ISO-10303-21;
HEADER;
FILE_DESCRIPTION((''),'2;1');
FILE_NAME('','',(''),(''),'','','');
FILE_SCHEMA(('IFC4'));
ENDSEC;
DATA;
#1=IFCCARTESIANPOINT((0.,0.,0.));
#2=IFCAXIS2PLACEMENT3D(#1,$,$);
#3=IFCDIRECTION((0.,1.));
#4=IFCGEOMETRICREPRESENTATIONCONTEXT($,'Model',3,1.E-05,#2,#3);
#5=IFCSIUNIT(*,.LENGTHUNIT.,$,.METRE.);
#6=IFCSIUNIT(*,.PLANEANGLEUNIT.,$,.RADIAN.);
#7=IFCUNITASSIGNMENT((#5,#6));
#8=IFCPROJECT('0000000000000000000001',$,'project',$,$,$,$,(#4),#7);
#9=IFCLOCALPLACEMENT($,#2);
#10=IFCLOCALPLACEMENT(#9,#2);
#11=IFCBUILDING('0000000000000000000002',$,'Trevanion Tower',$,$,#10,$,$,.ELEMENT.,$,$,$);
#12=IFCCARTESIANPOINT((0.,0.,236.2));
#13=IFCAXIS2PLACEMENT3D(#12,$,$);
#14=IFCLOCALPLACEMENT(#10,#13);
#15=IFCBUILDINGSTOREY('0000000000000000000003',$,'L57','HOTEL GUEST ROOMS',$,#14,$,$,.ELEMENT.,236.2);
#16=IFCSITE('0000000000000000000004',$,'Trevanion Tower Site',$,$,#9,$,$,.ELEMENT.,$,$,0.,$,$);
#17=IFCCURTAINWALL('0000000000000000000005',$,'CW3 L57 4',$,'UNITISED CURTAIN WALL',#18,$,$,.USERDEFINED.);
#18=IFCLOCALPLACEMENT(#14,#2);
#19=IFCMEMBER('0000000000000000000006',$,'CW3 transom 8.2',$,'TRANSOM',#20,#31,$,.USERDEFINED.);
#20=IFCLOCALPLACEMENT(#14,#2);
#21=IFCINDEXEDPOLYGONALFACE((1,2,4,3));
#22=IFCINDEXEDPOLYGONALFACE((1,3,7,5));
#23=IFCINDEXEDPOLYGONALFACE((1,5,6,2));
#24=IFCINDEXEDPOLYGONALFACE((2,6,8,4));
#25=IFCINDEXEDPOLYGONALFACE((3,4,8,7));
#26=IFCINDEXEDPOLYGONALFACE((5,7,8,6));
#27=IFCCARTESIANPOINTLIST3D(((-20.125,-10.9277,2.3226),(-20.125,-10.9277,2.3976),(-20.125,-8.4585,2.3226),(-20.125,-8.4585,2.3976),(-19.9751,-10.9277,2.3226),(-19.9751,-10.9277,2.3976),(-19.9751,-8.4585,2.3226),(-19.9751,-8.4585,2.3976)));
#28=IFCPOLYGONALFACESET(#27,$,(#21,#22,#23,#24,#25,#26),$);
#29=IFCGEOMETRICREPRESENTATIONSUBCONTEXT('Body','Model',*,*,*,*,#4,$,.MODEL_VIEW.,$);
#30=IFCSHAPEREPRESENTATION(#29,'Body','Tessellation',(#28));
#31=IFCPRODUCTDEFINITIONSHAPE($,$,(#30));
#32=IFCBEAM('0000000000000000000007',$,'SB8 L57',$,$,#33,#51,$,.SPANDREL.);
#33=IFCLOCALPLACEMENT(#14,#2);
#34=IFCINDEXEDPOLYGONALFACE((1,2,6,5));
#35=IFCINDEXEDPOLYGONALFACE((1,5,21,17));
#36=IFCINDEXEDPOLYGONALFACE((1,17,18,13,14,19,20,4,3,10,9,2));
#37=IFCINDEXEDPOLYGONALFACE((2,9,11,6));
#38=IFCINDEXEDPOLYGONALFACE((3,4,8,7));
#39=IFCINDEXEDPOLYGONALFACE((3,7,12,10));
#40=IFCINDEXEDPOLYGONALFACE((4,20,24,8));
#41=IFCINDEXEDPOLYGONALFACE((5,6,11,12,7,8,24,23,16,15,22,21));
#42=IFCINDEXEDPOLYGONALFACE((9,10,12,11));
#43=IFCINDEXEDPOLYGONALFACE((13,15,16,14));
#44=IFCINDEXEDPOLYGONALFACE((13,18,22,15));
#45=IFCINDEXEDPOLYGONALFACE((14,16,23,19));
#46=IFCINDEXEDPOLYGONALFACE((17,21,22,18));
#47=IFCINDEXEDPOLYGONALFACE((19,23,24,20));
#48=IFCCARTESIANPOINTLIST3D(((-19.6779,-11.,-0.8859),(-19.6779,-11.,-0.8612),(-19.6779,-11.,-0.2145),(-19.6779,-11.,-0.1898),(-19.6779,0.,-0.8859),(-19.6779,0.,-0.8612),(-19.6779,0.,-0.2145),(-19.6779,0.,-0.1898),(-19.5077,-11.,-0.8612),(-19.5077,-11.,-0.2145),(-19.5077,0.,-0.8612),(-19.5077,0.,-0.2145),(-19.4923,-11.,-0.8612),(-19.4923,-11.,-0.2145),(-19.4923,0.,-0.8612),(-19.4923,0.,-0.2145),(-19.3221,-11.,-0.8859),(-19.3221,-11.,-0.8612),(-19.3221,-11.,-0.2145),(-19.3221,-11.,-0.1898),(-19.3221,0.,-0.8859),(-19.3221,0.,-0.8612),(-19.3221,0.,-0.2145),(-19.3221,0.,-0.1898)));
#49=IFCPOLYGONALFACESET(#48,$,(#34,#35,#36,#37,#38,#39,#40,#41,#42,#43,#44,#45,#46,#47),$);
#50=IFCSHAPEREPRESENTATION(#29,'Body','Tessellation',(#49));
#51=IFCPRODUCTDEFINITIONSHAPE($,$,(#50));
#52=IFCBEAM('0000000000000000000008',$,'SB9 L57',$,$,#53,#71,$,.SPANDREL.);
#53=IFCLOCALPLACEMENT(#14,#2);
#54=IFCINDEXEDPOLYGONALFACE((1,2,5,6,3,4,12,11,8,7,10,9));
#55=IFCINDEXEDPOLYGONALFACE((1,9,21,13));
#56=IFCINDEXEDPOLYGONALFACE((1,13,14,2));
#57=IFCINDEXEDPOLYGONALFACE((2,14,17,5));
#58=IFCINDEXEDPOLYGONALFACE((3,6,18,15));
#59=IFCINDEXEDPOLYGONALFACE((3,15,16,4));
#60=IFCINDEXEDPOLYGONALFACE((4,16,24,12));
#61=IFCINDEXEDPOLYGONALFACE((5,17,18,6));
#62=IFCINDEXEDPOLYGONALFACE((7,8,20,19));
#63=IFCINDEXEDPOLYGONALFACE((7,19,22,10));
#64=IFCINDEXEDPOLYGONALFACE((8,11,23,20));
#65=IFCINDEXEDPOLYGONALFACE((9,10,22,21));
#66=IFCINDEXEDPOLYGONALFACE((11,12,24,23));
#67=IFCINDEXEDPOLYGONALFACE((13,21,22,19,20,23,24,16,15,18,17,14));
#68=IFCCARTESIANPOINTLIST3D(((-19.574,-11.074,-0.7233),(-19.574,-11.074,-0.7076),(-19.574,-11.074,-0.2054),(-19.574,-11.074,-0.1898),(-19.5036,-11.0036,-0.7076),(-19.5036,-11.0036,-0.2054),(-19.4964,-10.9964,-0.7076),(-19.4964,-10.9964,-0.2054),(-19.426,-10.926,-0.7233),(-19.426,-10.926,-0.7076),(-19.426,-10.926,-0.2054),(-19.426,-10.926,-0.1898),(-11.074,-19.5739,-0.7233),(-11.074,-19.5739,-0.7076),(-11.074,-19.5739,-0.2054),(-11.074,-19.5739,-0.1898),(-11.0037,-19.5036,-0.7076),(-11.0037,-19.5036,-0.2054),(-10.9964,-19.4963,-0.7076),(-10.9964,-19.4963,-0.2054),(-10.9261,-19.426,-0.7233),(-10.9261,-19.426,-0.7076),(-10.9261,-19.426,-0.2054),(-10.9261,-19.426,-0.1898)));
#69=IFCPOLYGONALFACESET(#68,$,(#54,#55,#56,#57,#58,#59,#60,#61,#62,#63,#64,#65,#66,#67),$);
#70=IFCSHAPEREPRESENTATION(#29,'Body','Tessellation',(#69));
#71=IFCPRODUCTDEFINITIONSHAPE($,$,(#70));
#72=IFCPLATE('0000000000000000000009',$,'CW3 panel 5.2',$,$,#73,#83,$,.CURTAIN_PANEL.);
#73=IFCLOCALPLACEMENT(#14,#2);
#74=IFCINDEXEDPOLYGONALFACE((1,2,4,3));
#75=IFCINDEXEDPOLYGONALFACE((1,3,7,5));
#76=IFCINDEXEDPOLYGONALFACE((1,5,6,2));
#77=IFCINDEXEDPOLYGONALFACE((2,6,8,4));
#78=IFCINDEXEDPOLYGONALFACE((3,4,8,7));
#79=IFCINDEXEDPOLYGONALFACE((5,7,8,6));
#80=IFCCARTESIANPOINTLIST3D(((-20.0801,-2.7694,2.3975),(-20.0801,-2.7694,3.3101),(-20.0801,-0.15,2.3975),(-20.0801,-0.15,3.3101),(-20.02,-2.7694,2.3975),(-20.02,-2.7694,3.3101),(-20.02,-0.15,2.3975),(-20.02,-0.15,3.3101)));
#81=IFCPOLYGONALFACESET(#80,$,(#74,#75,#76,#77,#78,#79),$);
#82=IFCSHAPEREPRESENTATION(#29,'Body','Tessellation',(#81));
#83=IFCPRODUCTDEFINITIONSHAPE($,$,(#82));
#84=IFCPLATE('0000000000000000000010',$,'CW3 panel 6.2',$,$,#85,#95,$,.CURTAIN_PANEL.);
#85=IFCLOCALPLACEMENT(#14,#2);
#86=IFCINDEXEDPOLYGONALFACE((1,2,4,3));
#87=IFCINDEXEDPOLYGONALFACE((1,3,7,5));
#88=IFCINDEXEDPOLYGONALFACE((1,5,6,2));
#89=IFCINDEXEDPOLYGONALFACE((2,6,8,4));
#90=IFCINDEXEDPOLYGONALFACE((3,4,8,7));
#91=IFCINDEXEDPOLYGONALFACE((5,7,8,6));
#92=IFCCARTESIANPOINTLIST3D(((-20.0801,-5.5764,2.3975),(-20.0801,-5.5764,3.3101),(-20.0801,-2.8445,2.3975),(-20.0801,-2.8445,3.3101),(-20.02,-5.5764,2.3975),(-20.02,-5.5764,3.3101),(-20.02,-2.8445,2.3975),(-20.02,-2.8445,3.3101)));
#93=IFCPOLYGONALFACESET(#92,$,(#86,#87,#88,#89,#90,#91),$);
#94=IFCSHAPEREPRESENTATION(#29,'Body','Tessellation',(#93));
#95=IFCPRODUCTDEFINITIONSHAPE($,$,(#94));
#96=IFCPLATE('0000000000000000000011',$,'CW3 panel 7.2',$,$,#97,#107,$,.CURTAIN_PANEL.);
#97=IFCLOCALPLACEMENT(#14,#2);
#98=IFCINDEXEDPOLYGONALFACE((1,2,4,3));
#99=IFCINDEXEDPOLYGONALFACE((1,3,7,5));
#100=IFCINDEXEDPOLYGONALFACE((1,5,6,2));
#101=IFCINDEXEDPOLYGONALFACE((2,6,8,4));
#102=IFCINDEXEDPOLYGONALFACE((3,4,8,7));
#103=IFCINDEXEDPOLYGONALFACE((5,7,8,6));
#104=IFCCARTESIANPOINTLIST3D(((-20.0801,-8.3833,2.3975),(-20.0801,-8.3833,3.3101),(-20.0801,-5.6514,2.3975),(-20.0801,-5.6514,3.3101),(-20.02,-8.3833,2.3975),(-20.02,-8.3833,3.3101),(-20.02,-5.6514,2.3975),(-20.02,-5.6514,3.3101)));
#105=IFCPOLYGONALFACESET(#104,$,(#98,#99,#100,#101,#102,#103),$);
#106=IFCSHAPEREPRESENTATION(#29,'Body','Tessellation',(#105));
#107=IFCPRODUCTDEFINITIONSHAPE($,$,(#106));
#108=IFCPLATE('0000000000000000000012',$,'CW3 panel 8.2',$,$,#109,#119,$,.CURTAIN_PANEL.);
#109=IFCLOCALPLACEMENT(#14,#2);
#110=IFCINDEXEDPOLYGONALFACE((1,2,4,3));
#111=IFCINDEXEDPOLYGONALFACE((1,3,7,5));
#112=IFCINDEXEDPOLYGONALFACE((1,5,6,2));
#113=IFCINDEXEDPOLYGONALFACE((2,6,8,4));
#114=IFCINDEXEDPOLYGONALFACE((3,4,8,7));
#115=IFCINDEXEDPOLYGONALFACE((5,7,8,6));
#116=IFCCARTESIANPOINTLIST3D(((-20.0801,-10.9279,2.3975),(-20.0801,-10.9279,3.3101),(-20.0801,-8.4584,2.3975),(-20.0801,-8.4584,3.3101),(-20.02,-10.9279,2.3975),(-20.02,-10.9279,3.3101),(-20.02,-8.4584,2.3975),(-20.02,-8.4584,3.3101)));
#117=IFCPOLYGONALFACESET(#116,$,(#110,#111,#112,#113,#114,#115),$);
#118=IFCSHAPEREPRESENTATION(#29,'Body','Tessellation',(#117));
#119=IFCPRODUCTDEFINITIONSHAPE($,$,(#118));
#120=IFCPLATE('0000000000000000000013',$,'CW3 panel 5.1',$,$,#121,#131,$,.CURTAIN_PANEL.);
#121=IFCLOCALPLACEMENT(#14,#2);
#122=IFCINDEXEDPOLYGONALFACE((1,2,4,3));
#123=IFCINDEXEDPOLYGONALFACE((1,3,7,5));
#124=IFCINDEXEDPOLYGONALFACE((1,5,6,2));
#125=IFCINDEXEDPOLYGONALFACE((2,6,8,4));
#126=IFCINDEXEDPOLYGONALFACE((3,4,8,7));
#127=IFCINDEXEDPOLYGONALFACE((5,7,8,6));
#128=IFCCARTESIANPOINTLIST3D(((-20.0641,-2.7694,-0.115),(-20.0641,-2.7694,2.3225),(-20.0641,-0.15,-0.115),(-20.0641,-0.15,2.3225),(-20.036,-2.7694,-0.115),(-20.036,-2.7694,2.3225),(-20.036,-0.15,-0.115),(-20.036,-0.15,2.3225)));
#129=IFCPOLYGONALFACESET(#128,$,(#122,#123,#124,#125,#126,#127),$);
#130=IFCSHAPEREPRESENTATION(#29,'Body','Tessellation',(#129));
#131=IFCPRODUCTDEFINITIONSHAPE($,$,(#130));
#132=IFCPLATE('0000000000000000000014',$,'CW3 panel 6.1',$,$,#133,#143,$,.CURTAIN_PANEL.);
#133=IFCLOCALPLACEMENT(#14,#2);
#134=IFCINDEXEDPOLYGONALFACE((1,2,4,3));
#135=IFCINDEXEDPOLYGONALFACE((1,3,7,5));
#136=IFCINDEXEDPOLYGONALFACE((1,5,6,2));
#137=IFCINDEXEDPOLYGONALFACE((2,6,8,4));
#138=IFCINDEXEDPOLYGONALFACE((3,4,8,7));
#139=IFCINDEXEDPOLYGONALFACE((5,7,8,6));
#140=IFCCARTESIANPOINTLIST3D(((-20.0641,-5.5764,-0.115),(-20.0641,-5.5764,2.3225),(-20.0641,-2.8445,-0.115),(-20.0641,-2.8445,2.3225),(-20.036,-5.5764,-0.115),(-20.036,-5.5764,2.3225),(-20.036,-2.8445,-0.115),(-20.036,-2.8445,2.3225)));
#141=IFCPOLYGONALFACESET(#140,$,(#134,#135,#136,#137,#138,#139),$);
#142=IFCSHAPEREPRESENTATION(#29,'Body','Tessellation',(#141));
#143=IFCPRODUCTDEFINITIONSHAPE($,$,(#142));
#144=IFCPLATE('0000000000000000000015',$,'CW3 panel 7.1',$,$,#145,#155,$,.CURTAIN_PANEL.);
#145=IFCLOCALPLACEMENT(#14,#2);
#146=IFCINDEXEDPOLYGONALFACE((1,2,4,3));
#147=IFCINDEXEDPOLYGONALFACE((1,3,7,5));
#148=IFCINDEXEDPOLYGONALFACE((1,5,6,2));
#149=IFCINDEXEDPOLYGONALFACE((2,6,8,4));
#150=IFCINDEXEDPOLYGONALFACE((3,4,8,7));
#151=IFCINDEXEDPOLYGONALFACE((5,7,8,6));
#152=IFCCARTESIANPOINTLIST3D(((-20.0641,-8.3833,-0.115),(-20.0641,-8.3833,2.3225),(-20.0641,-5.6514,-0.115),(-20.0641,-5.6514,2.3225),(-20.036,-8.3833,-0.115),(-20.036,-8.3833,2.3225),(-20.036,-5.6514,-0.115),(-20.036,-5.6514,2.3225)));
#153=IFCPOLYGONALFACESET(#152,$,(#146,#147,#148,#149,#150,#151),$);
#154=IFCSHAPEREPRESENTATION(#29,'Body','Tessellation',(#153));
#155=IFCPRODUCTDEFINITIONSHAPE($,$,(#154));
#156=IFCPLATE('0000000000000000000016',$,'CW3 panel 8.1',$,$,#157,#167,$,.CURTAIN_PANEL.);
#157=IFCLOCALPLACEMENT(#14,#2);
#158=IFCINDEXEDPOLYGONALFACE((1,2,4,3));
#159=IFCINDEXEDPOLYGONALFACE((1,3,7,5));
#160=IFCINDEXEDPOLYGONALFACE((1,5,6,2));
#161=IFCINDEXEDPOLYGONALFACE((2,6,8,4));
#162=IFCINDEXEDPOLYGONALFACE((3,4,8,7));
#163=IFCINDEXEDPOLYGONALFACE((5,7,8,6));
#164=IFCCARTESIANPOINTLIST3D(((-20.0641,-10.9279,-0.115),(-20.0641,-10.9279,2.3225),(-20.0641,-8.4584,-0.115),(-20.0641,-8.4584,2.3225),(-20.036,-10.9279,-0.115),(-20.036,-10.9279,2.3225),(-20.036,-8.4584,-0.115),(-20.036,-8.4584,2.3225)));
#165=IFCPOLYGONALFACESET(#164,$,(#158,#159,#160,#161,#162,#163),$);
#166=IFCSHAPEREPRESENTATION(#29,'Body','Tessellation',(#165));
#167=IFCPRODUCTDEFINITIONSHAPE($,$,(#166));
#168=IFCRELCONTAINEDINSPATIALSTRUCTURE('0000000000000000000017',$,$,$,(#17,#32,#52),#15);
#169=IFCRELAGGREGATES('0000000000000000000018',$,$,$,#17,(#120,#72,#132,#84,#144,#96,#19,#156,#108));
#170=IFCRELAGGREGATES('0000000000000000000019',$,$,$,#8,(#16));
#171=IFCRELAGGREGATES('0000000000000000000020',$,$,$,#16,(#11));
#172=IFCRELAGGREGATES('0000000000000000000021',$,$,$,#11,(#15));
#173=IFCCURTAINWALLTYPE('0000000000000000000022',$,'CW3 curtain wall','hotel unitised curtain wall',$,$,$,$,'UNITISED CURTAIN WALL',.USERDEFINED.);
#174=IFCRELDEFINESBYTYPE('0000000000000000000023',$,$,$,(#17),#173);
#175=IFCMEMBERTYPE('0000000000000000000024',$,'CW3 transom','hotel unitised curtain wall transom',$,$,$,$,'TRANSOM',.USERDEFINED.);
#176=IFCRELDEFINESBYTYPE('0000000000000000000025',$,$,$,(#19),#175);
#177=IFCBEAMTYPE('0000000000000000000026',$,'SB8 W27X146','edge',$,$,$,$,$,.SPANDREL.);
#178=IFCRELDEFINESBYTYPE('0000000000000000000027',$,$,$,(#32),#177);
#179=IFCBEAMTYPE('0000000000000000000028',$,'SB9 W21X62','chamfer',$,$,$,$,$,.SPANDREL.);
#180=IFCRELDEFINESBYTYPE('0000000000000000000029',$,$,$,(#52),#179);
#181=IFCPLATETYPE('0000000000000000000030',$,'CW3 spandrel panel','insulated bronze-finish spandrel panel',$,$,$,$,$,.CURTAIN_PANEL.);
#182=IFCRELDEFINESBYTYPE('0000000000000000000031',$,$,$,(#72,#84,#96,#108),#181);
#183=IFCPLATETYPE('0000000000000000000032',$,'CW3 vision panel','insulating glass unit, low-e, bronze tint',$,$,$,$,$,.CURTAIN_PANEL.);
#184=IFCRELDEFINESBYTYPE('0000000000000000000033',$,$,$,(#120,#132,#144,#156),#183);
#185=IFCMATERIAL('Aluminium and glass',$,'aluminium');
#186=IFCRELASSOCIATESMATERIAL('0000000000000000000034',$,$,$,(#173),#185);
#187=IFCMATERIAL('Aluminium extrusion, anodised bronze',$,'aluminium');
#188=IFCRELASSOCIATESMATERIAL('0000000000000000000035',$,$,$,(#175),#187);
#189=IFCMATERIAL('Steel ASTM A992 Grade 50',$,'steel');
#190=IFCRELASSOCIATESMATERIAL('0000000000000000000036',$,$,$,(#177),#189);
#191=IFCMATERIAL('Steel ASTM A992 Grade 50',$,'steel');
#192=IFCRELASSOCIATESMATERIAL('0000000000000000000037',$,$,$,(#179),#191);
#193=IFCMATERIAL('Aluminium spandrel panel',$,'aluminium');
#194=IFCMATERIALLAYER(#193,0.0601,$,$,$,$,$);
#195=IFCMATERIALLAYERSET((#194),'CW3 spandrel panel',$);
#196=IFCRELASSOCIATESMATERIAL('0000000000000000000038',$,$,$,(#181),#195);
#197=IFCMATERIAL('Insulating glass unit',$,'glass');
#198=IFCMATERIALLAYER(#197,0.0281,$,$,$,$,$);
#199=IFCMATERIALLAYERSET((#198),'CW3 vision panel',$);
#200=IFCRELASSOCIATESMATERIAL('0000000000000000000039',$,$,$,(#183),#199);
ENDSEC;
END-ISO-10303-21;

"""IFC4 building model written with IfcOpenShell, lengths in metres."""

from ifc_helpers import new_model, si_unit, direction, frame, origin, origin_2d, place, context, subcontext, project, spatial, rectangle, i_section, extrude, material, layer, layer_set, material_profile, profile_set, type_object, element, aggregate, save


model = new_model("IFC4")

# Units and contexts
model_context = context("Model", 3, precision=1e-05, world=origin(), true_north=direction((0.0, 1.0)))
body_context = subcontext(model_context, "Body", "Model", "MODEL_VIEW")
ifc_project = project(units=[si_unit("LENGTHUNIT", "METRE"), si_unit("PLANEANGLEUNIT", "RADIAN")], contexts=[model_context])

# Site, building, storey
site_placement = place(None, origin())
site = spatial("IfcSite", under=ifc_project, at=site_placement, Name="Trevanion Tower Site", CompositionType="ELEMENT", RefElevation=0.0)
building_placement = place(site_placement, origin())
building = spatial("IfcBuilding", under=site, at=building_placement, Name="Trevanion Tower", CompositionType="ELEMENT")
storey_placement = place(building_placement, frame((0.0, 0.0, 236.2)))
storey = spatial("IfcBuildingStorey", under=building, at=storey_placement, Name="L57", Description="HOTEL GUEST ROOMS", CompositionType="ELEMENT", Elevation=236.2)

# Curtain wall, member
ifc_material_1 = material(Name="Aluminium and glass", Category="aluminium")
curtain_wall_type = type_object("IfcCurtainWallType", Name="CW3 curtain wall", Description="hotel unitised curtain wall", ElementType="UNITISED CURTAIN WALL", PredefinedType="USERDEFINED", material=ifc_material_1)
curtain_wall_placement = place(storey_placement, origin())
curtain_wall = element("IfcCurtainWall", 1, at=curtain_wall_placement, inside=storey, type_object=curtain_wall_type, Name="CW3 L57 4", ObjectType="UNITISED CURTAIN WALL", PredefinedType="USERDEFINED")
ifc_material_2 = material(Name="Aluminium extrusion, anodised bronze", Category="aluminium")
ifc_material_profile_1 = material_profile(ifc_material_2, rectangle(XDim=0.1499, YDim=0.075, at=origin_2d()), Name="CW3 transom")
ifc_profile_set_1 = profile_set([ifc_material_profile_1], Name="Aluminium extrusion, anodised bronze")
member_type_1 = type_object("IfcMemberType", Name="CW3 transom", Description="hotel unitised curtain wall transom", ElementType="TRANSOM", PredefinedType="USERDEFINED", material=ifc_profile_set_1)
member_1_placement = place(storey_placement, frame((-20.05, -8.4585, 2.3601), z_axis=(0.0, -1.0, 0.0), x_axis=(1.0, 0.0, 0.0)))
member_1 = element("IfcMember", 2, at=member_1_placement, type_object=member_type_1, Name="CW3 transom 8.2", ObjectType="TRANSOM", PredefinedType="USERDEFINED", context=body_context, shape_type="SweptSolid", body=[
    extrude(rectangle(XDim=0.1499, YDim=0.075, at=origin_2d()), origin(), (0.0, 0.0, 1.0), 2.4692),
])

# Beams
ifc_material_3 = material(Name="Steel ASTM A992 Grade 50", Category="steel")
ifc_material_profile_2 = material_profile(ifc_material_3, i_section(OverallWidth=0.3557, OverallDepth=0.696, WebThickness=0.0154, FlangeThickness=0.0247, at=origin_2d()), Name="W27X146")
ifc_profile_set_2 = profile_set([ifc_material_profile_2], Name="Steel ASTM A992 Grade 50")
beam_type_1 = type_object("IfcBeamType", Name="SB8 W27X146", Description="edge", PredefinedType="SPANDREL", material=ifc_profile_set_2)
beam_1_placement = place(storey_placement, frame((-19.5, 0.0, -0.5378), z_axis=(0.0, -1.0, 0.0), x_axis=(1.0, 0.0, 0.0)))
element("IfcBeam", 3, at=beam_1_placement, inside=storey, type_object=beam_type_1, Name="SB8 L57", PredefinedType="SPANDREL", context=body_context, shape_type="SweptSolid", body=[
    extrude(i_section(OverallWidth=0.3557, OverallDepth=0.696, WebThickness=0.0154, FlangeThickness=0.0247, at=origin_2d()), origin(), (0.0, 0.0, 1.0), 11.0),
])
ifc_material_4 = material(Name="Steel ASTM A992 Grade 50", Category="steel")
ifc_material_profile_3 = material_profile(ifc_material_4, i_section(OverallWidth=0.2092, OverallDepth=0.5334, WebThickness=0.0103, FlangeThickness=0.0156, at=origin_2d()), Name="W21X62")
ifc_profile_set_3 = profile_set([ifc_material_profile_3], Name="Steel ASTM A992 Grade 50")
beam_type_2 = type_object("IfcBeamType", Name="SB9 W21X62", Description="chamfer", PredefinedType="SPANDREL", material=ifc_profile_set_3)
beam_2_placement = place(storey_placement, frame((-19.5, -11.0, -0.4565), z_axis=(0.707107, -0.707107, 0.0), x_axis=(0.707107, 0.707107, 0.0)))
element("IfcBeam", 4, at=beam_2_placement, inside=storey, type_object=beam_type_2, Name="SB9 L57", PredefinedType="SPANDREL", context=body_context, shape_type="SweptSolid", body=[
    extrude(i_section(OverallWidth=0.2092, OverallDepth=0.5334, WebThickness=0.0103, FlangeThickness=0.0156, at=origin_2d()), origin(), (0.0, 0.0, 1.0), 12.0208),
])

# Plates
ifc_material_5 = material(Name="Aluminium spandrel panel", Category="aluminium")
ifc_layer_1 = layer(ifc_material_5, 0.0601)
ifc_layer_set_1 = layer_set([ifc_layer_1], Name="CW3 spandrel panel")
plate_type_1 = type_object("IfcPlateType", Name="CW3 spandrel panel", Description="insulated bronze-finish spandrel panel", PredefinedType="CURTAIN_PANEL", material=ifc_layer_set_1)
plate_1_placement = place(storey_placement, frame((-20.05, -1.4597, 2.3975), z_axis=(0.0, 0.0, 1.0), x_axis=(0.0, -1.0, 0.0)))
plate_1 = element("IfcPlate", 5, at=plate_1_placement, type_object=plate_type_1, Name="CW3 panel 5.2", PredefinedType="CURTAIN_PANEL", context=body_context, shape_type="SweptSolid", body=[
    extrude(rectangle(XDim=2.6194, YDim=0.0601, at=origin_2d()), origin(), (0.0, 0.0, 1.0), 0.9126),
])
plate_2_placement = place(storey_placement, frame((-20.05, -4.2104, 2.3975), z_axis=(0.0, 0.0, 1.0), x_axis=(0.0, -1.0, 0.0)))
plate_2 = element("IfcPlate", 6, at=plate_2_placement, type_object=plate_type_1, Name="CW3 panel 6.2", PredefinedType="CURTAIN_PANEL", context=body_context, shape_type="SweptSolid", body=[
    extrude(rectangle(XDim=2.7319, YDim=0.0601, at=origin_2d()), origin(), (0.0, 0.0, 1.0), 0.9126),
])
plate_3_placement = place(storey_placement, frame((-20.05, -7.0173, 2.3975), z_axis=(0.0, 0.0, 1.0), x_axis=(0.0, -1.0, 0.0)))
plate_3 = element("IfcPlate", 7, at=plate_3_placement, type_object=plate_type_1, Name="CW3 panel 7.2", PredefinedType="CURTAIN_PANEL", context=body_context, shape_type="SweptSolid", body=[
    extrude(rectangle(XDim=2.7319, YDim=0.0601, at=origin_2d()), origin(), (0.0, 0.0, 1.0), 0.9126),
])
plate_4_placement = place(storey_placement, frame((-20.05, -9.6931, 2.3975), z_axis=(0.0, 0.0, 1.0), x_axis=(0.0, -1.0, 0.0)))
plate_4 = element("IfcPlate", 8, at=plate_4_placement, type_object=plate_type_1, Name="CW3 panel 8.2", PredefinedType="CURTAIN_PANEL", context=body_context, shape_type="SweptSolid", body=[
    extrude(rectangle(XDim=2.4695, YDim=0.0601, at=origin_2d()), origin(), (0.0, 0.0, 1.0), 0.9126),
])
ifc_material_6 = material(Name="Insulating glass unit", Category="glass")
ifc_layer_2 = layer(ifc_material_6, 0.0281)
ifc_layer_set_2 = layer_set([ifc_layer_2], Name="CW3 vision panel")
plate_type_2 = type_object("IfcPlateType", Name="CW3 vision panel", Description="insulating glass unit, low-e, bronze tint", PredefinedType="CURTAIN_PANEL", material=ifc_layer_set_2)
plate_5_placement = place(storey_placement, frame((-20.05, -1.4597, -0.115), z_axis=(0.0, 0.0, 1.0), x_axis=(0.0, -1.0, 0.0)))
plate_5 = element("IfcPlate", 9, at=plate_5_placement, type_object=plate_type_2, Name="CW3 panel 5.1", PredefinedType="CURTAIN_PANEL", context=body_context, shape_type="SweptSolid", body=[
    extrude(rectangle(XDim=2.6194, YDim=0.0281, at=origin_2d()), origin(), (0.0, 0.0, 1.0), 2.4375),
])
plate_6_placement = place(storey_placement, frame((-20.05, -4.2104, -0.115), z_axis=(0.0, 0.0, 1.0), x_axis=(0.0, -1.0, 0.0)))
plate_6 = element("IfcPlate", 10, at=plate_6_placement, type_object=plate_type_2, Name="CW3 panel 6.1", PredefinedType="CURTAIN_PANEL", context=body_context, shape_type="SweptSolid", body=[
    extrude(rectangle(XDim=2.7319, YDim=0.0281, at=origin_2d()), origin(), (0.0, 0.0, 1.0), 2.4375),
])
plate_7_placement = place(storey_placement, frame((-20.05, -7.0173, -0.115), z_axis=(0.0, 0.0, 1.0), x_axis=(0.0, -1.0, 0.0)))
plate_7 = element("IfcPlate", 11, at=plate_7_placement, type_object=plate_type_2, Name="CW3 panel 7.1", PredefinedType="CURTAIN_PANEL", context=body_context, shape_type="SweptSolid", body=[
    extrude(rectangle(XDim=2.7319, YDim=0.0281, at=origin_2d()), origin(), (0.0, 0.0, 1.0), 2.4375),
])
plate_8_placement = place(storey_placement, frame((-20.05, -9.6931, -0.115), z_axis=(0.0, 0.0, 1.0), x_axis=(0.0, -1.0, 0.0)))
plate_8 = element("IfcPlate", 12, at=plate_8_placement, type_object=plate_type_2, Name="CW3 panel 8.1", PredefinedType="CURTAIN_PANEL", context=body_context, shape_type="SweptSolid", body=[
    extrude(rectangle(XDim=2.4695, YDim=0.0281, at=origin_2d()), origin(), (0.0, 0.0, 1.0), 2.4375),
])
aggregate(curtain_wall, [plate_5, plate_1, plate_6, plate_2, plate_7, plate_3, member_1, plate_8, plate_4])

save(model, "model.ifc")
